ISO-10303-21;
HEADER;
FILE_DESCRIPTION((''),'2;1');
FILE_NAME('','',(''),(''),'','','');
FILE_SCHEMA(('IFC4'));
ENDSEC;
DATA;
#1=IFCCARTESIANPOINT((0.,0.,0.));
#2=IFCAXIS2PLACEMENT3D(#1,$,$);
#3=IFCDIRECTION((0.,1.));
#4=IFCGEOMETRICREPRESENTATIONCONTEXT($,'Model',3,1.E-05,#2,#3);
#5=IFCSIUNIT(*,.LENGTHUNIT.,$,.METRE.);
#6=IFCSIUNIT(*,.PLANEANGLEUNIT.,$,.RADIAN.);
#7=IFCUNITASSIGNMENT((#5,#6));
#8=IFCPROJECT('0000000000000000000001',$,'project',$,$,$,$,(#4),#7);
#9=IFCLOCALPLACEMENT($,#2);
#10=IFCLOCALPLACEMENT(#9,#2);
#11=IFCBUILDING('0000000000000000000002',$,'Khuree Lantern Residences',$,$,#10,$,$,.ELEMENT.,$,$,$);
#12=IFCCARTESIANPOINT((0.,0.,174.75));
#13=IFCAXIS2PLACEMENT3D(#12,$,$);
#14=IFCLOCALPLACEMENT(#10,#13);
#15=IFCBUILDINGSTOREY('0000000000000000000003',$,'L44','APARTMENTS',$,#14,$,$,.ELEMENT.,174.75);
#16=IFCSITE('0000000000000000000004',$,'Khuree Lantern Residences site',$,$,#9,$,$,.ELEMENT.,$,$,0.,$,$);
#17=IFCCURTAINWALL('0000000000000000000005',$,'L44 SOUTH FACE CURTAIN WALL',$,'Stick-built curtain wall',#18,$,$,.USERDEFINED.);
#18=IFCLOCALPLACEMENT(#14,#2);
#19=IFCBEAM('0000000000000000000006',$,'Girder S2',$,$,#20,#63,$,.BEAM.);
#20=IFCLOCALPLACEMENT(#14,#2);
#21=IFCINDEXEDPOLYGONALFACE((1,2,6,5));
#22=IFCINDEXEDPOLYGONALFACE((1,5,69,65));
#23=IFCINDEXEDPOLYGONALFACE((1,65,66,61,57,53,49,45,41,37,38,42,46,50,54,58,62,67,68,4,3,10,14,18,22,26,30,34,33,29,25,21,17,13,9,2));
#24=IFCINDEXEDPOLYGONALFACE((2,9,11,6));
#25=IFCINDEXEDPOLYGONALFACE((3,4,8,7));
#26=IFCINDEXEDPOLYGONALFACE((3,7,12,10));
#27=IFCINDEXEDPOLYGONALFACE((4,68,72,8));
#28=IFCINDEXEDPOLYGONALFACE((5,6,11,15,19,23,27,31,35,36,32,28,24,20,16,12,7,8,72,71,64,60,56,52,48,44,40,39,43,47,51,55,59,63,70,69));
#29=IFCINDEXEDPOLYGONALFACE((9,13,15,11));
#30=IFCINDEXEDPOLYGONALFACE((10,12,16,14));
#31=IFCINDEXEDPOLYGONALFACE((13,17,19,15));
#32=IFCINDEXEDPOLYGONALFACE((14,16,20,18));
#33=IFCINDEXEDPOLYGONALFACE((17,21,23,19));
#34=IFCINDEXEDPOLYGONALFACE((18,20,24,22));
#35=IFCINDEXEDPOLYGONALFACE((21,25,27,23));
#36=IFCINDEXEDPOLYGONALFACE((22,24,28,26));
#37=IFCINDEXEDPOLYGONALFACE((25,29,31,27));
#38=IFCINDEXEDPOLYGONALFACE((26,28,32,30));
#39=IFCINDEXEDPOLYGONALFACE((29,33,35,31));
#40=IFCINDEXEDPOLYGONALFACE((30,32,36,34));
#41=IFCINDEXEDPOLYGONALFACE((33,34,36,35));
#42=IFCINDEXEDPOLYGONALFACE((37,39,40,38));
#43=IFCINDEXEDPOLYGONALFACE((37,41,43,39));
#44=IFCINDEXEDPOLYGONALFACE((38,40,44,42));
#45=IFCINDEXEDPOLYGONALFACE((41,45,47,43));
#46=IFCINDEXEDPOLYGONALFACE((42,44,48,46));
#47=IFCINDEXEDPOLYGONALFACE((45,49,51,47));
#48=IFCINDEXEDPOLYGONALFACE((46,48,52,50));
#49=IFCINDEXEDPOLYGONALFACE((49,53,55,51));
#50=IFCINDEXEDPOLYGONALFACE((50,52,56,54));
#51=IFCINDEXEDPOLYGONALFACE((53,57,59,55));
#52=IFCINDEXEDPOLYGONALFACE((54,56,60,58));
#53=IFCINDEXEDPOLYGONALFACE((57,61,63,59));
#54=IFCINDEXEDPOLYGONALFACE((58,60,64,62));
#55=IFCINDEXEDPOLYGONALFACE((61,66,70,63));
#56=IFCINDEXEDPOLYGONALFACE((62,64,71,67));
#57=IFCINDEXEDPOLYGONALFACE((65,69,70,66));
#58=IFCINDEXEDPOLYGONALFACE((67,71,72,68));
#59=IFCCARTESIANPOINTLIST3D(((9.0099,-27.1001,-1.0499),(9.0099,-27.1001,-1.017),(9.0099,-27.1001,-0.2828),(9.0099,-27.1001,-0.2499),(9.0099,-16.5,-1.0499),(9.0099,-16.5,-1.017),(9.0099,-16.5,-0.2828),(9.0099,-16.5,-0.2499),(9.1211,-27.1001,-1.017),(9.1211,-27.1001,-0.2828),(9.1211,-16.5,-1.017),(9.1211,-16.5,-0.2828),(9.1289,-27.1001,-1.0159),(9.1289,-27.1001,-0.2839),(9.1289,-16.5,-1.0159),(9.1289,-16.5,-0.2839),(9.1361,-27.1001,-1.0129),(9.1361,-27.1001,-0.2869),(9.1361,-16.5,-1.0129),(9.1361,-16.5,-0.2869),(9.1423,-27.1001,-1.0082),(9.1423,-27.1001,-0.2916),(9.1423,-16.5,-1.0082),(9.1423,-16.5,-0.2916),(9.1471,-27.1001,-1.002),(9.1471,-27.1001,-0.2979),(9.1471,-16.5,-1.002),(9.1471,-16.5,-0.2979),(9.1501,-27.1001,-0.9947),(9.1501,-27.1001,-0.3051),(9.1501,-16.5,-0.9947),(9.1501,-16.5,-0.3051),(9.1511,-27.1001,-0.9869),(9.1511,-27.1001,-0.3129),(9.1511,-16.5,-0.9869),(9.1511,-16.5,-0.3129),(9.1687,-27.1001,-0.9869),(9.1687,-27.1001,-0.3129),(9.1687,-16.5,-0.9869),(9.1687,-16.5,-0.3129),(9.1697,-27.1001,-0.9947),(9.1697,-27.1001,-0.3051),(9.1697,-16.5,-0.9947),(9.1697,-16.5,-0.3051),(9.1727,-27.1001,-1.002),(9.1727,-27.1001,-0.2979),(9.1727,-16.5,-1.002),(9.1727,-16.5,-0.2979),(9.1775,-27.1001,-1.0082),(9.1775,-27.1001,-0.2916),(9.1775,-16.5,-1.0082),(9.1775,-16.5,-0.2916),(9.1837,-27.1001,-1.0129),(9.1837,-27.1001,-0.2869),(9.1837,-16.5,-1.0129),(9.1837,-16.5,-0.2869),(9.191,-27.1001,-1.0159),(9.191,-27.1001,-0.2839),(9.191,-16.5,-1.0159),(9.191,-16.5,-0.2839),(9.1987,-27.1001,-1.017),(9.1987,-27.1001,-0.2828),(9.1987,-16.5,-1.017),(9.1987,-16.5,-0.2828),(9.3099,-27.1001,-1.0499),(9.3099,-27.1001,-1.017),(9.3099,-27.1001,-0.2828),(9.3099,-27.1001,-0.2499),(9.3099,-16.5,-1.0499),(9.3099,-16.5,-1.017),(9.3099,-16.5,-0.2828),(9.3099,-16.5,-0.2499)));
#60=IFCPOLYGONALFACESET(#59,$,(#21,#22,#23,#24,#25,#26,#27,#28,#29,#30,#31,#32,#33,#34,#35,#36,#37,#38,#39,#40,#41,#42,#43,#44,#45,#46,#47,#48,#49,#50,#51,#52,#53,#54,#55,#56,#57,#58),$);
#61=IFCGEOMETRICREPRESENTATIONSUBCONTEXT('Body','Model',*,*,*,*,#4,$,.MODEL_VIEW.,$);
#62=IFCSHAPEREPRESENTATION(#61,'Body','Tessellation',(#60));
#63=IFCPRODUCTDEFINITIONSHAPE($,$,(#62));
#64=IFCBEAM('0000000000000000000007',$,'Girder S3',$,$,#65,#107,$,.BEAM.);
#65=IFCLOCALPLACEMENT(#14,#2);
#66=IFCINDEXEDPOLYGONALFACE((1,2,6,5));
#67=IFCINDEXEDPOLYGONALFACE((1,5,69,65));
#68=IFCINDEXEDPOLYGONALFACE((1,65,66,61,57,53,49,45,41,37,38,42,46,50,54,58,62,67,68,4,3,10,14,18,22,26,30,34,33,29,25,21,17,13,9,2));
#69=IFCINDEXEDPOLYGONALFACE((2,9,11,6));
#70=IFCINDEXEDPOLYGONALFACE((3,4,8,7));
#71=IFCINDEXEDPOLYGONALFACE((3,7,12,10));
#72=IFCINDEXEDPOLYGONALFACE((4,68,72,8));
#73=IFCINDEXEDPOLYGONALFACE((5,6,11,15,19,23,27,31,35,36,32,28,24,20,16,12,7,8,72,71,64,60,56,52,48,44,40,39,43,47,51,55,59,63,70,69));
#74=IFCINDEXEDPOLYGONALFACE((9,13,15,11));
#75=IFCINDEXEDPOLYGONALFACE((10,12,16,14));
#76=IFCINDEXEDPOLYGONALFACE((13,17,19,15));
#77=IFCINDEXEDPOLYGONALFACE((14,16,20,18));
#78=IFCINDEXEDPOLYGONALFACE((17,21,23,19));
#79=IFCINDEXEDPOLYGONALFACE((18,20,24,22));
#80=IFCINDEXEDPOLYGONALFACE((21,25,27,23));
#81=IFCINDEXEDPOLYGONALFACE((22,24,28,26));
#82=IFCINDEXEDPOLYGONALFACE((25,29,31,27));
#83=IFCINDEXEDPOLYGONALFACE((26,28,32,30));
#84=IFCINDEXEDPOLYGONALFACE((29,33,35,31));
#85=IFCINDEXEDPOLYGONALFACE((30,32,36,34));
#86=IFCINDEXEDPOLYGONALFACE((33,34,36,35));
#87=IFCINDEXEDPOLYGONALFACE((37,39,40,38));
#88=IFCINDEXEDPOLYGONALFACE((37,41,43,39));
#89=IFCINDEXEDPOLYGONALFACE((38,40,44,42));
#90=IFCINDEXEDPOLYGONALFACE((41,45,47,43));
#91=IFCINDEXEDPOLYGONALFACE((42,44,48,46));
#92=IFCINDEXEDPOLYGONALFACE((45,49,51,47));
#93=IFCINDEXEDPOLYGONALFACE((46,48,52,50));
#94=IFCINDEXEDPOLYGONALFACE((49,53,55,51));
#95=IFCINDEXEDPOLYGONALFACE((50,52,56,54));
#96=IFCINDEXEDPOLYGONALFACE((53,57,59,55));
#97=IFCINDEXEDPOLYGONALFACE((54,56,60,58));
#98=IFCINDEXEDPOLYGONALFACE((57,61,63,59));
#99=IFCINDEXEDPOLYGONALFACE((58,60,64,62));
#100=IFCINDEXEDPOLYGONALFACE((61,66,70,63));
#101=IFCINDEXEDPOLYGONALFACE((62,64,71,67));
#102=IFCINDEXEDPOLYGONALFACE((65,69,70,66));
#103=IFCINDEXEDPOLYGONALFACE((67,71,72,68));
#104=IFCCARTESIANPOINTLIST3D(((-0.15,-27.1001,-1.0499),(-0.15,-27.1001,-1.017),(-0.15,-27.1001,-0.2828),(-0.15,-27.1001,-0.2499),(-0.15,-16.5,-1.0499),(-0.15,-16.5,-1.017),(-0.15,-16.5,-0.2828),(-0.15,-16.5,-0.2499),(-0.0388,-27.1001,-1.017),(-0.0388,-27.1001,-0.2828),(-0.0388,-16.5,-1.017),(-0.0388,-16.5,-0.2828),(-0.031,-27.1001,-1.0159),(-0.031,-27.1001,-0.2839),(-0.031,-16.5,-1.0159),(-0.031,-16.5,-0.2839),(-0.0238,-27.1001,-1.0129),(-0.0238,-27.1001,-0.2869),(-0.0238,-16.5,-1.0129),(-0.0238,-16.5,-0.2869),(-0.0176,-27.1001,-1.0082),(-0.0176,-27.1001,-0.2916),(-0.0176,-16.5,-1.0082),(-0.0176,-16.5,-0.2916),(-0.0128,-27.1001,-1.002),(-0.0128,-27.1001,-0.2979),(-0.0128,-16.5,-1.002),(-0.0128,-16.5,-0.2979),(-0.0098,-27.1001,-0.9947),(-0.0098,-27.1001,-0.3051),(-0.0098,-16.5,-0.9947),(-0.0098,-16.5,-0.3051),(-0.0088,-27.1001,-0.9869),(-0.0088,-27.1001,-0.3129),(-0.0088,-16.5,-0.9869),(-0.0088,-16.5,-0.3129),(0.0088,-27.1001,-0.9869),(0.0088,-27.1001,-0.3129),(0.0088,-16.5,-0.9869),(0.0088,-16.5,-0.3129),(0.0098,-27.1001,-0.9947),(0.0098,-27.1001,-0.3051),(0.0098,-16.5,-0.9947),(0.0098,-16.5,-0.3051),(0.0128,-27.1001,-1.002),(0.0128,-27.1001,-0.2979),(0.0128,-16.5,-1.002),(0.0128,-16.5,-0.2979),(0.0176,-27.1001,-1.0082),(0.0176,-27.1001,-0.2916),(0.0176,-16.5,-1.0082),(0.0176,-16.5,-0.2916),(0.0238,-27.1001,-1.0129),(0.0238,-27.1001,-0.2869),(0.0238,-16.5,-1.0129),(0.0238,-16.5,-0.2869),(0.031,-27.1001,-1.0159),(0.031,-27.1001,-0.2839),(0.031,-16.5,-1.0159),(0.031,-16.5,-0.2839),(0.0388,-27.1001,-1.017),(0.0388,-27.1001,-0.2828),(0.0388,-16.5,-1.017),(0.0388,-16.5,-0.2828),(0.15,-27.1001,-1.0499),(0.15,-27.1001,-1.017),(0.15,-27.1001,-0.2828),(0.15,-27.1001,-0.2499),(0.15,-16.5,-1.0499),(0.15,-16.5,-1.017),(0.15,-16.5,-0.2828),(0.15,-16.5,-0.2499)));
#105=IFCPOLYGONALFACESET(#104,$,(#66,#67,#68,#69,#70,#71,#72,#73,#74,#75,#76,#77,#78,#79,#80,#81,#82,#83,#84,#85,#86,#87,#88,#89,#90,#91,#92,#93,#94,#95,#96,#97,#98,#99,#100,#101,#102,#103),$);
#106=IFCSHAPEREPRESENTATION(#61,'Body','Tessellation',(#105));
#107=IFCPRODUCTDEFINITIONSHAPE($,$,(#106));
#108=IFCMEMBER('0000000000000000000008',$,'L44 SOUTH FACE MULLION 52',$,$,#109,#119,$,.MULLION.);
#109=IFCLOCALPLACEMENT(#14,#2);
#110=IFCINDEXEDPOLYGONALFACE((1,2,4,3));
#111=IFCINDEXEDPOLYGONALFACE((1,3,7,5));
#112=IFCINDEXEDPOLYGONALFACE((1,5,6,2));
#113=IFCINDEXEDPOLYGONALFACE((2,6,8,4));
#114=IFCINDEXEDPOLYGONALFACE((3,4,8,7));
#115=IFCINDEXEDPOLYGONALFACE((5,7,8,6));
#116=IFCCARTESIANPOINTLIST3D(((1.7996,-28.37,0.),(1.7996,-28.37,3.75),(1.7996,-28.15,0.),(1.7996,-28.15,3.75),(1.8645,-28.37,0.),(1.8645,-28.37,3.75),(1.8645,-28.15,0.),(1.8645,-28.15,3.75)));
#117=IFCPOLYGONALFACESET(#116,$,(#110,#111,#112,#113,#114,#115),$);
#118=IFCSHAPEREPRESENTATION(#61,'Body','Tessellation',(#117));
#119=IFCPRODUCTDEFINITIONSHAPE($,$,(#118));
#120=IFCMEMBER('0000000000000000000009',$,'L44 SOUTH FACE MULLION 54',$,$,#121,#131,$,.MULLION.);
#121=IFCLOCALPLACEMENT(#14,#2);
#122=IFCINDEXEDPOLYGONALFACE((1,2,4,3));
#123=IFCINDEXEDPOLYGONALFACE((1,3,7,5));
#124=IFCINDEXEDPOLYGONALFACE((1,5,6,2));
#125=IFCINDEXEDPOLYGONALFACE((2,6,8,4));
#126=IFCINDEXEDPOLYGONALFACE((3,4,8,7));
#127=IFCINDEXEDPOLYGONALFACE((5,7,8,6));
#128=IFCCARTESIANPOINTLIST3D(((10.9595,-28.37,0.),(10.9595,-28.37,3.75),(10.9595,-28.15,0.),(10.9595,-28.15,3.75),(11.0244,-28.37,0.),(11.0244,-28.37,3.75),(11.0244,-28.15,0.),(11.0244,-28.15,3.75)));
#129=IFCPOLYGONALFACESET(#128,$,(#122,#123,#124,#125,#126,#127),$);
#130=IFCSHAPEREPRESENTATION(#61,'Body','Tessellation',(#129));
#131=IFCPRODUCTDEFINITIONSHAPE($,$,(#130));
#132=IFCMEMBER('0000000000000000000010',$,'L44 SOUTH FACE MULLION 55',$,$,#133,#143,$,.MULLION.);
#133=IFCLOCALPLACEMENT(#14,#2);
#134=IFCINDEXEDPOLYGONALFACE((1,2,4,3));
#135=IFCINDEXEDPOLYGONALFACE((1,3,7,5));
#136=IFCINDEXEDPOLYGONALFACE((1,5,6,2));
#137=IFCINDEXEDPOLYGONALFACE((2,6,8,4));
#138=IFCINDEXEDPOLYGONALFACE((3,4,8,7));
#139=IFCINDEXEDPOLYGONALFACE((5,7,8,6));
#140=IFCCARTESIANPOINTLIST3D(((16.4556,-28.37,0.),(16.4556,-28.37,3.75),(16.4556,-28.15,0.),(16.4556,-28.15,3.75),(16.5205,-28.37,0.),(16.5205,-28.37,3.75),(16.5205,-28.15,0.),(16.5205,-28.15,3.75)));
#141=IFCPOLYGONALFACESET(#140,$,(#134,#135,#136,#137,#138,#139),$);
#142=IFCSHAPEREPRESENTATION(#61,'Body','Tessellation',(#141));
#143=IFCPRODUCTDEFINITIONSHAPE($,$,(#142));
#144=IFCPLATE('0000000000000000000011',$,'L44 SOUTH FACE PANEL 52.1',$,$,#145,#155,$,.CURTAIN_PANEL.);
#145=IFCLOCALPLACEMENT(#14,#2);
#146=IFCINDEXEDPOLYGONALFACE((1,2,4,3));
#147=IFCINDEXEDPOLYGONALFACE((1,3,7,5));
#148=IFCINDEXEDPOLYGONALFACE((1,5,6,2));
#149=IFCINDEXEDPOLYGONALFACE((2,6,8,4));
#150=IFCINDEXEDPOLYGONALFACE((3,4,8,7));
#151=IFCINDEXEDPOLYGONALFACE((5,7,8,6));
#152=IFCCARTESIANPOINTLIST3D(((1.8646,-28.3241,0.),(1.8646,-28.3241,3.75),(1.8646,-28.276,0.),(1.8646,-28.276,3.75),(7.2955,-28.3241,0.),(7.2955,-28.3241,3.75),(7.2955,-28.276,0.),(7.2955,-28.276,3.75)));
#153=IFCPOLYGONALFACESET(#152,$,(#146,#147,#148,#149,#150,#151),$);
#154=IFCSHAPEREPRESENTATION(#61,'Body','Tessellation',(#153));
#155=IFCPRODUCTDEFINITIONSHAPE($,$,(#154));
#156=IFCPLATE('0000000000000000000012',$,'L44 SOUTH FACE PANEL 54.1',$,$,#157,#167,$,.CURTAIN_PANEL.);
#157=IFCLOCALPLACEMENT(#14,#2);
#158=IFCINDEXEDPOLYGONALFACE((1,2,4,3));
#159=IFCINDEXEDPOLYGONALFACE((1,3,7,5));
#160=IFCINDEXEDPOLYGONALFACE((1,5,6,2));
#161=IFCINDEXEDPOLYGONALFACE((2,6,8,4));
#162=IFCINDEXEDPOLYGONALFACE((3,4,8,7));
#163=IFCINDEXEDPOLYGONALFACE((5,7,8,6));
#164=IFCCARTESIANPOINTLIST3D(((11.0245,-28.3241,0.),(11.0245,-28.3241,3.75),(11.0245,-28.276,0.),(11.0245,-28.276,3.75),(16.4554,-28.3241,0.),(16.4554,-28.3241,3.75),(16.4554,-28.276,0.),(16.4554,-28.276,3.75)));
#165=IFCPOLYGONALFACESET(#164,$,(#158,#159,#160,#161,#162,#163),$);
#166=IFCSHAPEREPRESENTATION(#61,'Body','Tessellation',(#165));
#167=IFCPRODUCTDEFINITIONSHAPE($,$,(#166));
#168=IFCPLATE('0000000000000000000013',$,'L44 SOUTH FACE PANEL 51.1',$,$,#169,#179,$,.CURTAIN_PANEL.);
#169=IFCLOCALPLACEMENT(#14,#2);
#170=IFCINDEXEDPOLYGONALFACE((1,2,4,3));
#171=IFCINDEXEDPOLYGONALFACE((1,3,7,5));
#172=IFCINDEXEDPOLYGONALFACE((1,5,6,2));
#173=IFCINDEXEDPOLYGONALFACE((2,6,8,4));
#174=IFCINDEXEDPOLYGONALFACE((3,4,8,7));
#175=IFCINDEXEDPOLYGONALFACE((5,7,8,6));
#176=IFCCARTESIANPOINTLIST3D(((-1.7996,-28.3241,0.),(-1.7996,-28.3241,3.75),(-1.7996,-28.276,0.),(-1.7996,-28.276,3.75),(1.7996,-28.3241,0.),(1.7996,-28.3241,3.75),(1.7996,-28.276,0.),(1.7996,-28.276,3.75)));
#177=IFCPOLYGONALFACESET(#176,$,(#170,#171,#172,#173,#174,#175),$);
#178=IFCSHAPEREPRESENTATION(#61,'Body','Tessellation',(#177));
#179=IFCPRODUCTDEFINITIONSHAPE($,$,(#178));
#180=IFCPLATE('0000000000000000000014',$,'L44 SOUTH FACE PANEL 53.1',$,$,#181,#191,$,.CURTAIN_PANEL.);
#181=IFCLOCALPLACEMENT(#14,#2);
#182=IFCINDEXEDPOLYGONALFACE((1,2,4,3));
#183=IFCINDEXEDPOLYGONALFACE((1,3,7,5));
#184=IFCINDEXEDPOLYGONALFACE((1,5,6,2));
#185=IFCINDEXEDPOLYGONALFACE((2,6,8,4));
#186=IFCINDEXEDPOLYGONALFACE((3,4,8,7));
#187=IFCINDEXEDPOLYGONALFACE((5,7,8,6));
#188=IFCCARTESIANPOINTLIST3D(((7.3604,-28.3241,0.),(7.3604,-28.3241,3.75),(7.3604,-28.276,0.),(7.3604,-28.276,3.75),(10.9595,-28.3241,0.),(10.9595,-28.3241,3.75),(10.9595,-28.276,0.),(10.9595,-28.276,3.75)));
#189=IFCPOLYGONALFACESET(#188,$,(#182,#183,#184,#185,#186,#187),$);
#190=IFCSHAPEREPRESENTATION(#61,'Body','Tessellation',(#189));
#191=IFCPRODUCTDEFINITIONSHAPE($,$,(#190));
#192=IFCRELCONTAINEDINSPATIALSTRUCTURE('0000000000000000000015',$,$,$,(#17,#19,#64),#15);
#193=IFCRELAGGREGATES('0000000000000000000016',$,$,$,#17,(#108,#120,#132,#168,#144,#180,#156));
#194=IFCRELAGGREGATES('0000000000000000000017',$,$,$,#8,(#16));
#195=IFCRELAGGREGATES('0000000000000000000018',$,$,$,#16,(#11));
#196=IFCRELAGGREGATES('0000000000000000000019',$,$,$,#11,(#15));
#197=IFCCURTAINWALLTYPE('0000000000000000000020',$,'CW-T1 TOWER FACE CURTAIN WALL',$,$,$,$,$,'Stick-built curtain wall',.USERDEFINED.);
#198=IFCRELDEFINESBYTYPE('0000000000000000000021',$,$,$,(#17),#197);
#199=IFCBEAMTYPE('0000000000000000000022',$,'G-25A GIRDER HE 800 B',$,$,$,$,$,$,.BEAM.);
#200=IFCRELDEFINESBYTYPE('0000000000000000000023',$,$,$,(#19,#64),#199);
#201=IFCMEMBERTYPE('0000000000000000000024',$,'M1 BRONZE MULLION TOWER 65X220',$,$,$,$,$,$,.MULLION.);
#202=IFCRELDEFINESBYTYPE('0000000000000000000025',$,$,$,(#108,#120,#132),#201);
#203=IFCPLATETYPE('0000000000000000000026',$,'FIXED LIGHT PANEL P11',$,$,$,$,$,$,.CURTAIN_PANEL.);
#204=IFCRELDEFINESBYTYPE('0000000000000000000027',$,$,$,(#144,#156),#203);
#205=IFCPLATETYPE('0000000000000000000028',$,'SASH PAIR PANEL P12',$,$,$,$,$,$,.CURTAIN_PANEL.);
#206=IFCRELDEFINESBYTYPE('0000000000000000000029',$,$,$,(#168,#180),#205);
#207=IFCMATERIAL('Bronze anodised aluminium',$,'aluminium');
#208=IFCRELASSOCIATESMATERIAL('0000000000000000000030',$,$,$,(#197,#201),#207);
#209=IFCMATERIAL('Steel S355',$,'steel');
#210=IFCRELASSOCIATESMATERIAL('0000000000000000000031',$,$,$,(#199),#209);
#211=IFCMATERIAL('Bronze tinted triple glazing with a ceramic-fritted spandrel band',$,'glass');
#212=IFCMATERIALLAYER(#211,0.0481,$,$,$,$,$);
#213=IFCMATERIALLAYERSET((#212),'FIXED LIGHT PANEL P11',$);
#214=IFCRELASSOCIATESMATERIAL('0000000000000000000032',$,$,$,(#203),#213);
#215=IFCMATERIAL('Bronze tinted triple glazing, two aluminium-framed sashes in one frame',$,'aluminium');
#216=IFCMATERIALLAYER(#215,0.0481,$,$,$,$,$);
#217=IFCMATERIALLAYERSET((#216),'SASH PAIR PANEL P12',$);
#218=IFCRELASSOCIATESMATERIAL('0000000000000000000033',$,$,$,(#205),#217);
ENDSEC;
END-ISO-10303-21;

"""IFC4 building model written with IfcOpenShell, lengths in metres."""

from ifc_helpers import new_model, si_unit, direction, frame, origin, origin_2d, place, context, subcontext, project, spatial, rectangle, i_section, extrude, material, layer, layer_set, material_profile, profile_set, type_object, element, aggregate, save


model = new_model("IFC4")

# Units and contexts
model_context = context("Model", 3, precision=1e-05, world=origin(), true_north=direction((0.0, 1.0)))
body_context = subcontext(model_context, "Body", "Model", "MODEL_VIEW")
ifc_project = project(units=[si_unit("LENGTHUNIT", "METRE"), si_unit("PLANEANGLEUNIT", "RADIAN")], contexts=[model_context])

# Site, building, storey
site_placement = place(None, origin())
site = spatial("IfcSite", under=ifc_project, at=site_placement, Name="Khuree Lantern Residences site", CompositionType="ELEMENT", RefElevation=0.0)
building_placement = place(site_placement, origin())
building = spatial("IfcBuilding", under=site, at=building_placement, Name="Khuree Lantern Residences", CompositionType="ELEMENT")
storey_placement = place(building_placement, frame((0.0, 0.0, 174.75)))
storey = spatial("IfcBuildingStorey", under=building, at=storey_placement, Name="L44", Description="APARTMENTS", CompositionType="ELEMENT", Elevation=174.75)

# Shared definitions
ifc_material_1 = material(Name="Steel S355", Category="steel")

# Curtain wall
ifc_material_2 = material(Name="Bronze anodised aluminium", Category="aluminium")
curtain_wall_type = type_object("IfcCurtainWallType", Name="CW-T1 TOWER FACE CURTAIN WALL", ElementType="Stick-built curtain wall", PredefinedType="USERDEFINED", material=ifc_material_2)
curtain_wall_placement = place(storey_placement, origin())
curtain_wall = element("IfcCurtainWall", 1, at=curtain_wall_placement, inside=storey, type_object=curtain_wall_type, Name="L44 SOUTH FACE CURTAIN WALL", ObjectType="Stick-built curtain wall", PredefinedType="USERDEFINED")

# Beams
ifc_material_profile_1 = material_profile(ifc_material_1, i_section(OverallWidth=0.3, OverallDepth=0.8, WebThickness=0.0176, FlangeThickness=0.033, FilletRadius=0.03, at=origin_2d()), Name="HE 800 B")
ifc_profile_set_1 = profile_set([ifc_material_profile_1], Name="Steel S355")
beam_type_1 = type_object("IfcBeamType", Name="G-25A GIRDER HE 800 B", PredefinedType="BEAM", material=ifc_profile_set_1)
for number, where, z_axis, x_axis, name in (
    (2, (9.1599, -27.1001, -0.6499), (0.0, 1.0, 0.0), (-1.0, 0.0, 0.0), "Girder S2"),
    (3, (0.0, -27.1001, -0.6499), (0.0, 1.0, 0.0), (-1.0, 0.0, 0.0), "Girder S3"),
):
    element("IfcBeam", number, at=place(storey_placement, frame(where, z_axis=z_axis, x_axis=x_axis)), inside=storey, type_object=beam_type_1, Name=name, PredefinedType="BEAM", context=body_context, shape_type="SweptSolid", body=[
        extrude(i_section(OverallWidth=0.3, OverallDepth=0.8, WebThickness=0.0176, FlangeThickness=0.033, FilletRadius=0.03, at=origin_2d()), origin(), (0.0, 0.0, 1.0), 10.6001),
    ])

# Members
ifc_material_profile_2 = material_profile(ifc_material_2, rectangle(XDim=0.0649, YDim=0.22, at=origin_2d()), Name="M1 65X220")
ifc_profile_set_2 = profile_set([ifc_material_profile_2], Name="Bronze anodised aluminium")
member_type_1 = type_object("IfcMemberType", Name="M1 BRONZE MULLION TOWER 65X220", PredefinedType="MULLION", material=ifc_profile_set_2)
member_1_placement = place(storey_placement, frame((1.832, -28.26, 0.0), z_axis=(0.0, 0.0, 1.0), x_axis=(1.0, 0.0, 0.0)))
member_1 = element("IfcMember", 4, at=member_1_placement, type_object=member_type_1, Name="L44 SOUTH FACE MULLION 52", PredefinedType="MULLION", context=body_context, shape_type="SweptSolid", body=[
    extrude(rectangle(XDim=0.0649, YDim=0.22, at=origin_2d()), origin(), (0.0, 0.0, 1.0), 3.75),
])
member_2_placement = place(storey_placement, frame((10.9919, -28.26, 0.0), z_axis=(0.0, 0.0, 1.0), x_axis=(1.0, 0.0, 0.0)))
member_2 = element("IfcMember", 5, at=member_2_placement, type_object=member_type_1, Name="L44 SOUTH FACE MULLION 54", PredefinedType="MULLION", context=body_context, shape_type="SweptSolid", body=[
    extrude(rectangle(XDim=0.0649, YDim=0.22, at=origin_2d()), origin(), (0.0, 0.0, 1.0), 3.75),
])
member_3_placement = place(storey_placement, frame((16.488, -28.26, 0.0), z_axis=(0.0, 0.0, 1.0), x_axis=(1.0, 0.0, 0.0)))
member_3 = element("IfcMember", 6, at=member_3_placement, type_object=member_type_1, Name="L44 SOUTH FACE MULLION 55", PredefinedType="MULLION", context=body_context, shape_type="SweptSolid", body=[
    extrude(rectangle(XDim=0.0649, YDim=0.22, at=origin_2d()), origin(), (0.0, 0.0, 1.0), 3.75),
])

# Plates
ifc_material_3 = material(Name="Bronze tinted triple glazing with a ceramic-fritted spandrel band", Category="glass")
ifc_layer_1 = layer(ifc_material_3, 0.0481)
ifc_layer_set_1 = layer_set([ifc_layer_1], Name="FIXED LIGHT PANEL P11")
plate_type_1 = type_object("IfcPlateType", Name="FIXED LIGHT PANEL P11", PredefinedType="CURTAIN_PANEL", material=ifc_layer_set_1)
plate_1_placement = place(storey_placement, frame((4.5801, -28.3, 0.0), z_axis=(0.0, 0.0, 1.0), x_axis=(1.0, 0.0, 0.0)))
plate_1 = element("IfcPlate", 7, at=plate_1_placement, type_object=plate_type_1, Name="L44 SOUTH FACE PANEL 52.1", PredefinedType="CURTAIN_PANEL", context=body_context, shape_type="SweptSolid", body=[
    extrude(rectangle(XDim=5.4309, YDim=0.0481, at=origin_2d()), origin(), (0.0, 0.0, 1.0), 3.75),
])
plate_2_placement = place(storey_placement, frame((13.74, -28.3, 0.0), z_axis=(0.0, 0.0, 1.0), x_axis=(1.0, 0.0, 0.0)))
plate_2 = element("IfcPlate", 8, at=plate_2_placement, type_object=plate_type_1, Name="L44 SOUTH FACE PANEL 54.1", PredefinedType="CURTAIN_PANEL", context=body_context, shape_type="SweptSolid", body=[
    extrude(rectangle(XDim=5.4309, YDim=0.0481, at=origin_2d()), origin(), (0.0, 0.0, 1.0), 3.75),
])
ifc_material_4 = material(Name="Bronze tinted triple glazing, two aluminium-framed sashes in one frame", Category="aluminium")
ifc_layer_2 = layer(ifc_material_4, 0.0481)
ifc_layer_set_2 = layer_set([ifc_layer_2], Name="SASH PAIR PANEL P12")
plate_type_2 = type_object("IfcPlateType", Name="SASH PAIR PANEL P12", PredefinedType="CURTAIN_PANEL", material=ifc_layer_set_2)
plate_3_placement = place(storey_placement, frame((0.0, -28.3, 0.0), z_axis=(0.0, 0.0, 1.0), x_axis=(1.0, 0.0, 0.0)))
plate_3 = element("IfcPlate", 9, at=plate_3_placement, type_object=plate_type_2, Name="L44 SOUTH FACE PANEL 51.1", PredefinedType="CURTAIN_PANEL", context=body_context, shape_type="SweptSolid", body=[
    extrude(rectangle(XDim=3.5991, YDim=0.0481, at=origin_2d()), origin(), (0.0, 0.0, 1.0), 3.75),
])
plate_4_placement = place(storey_placement, frame((9.1599, -28.3, 0.0), z_axis=(0.0, 0.0, 1.0), x_axis=(1.0, 0.0, 0.0)))
plate_4 = element("IfcPlate", 10, at=plate_4_placement, type_object=plate_type_2, Name="L44 SOUTH FACE PANEL 53.1", PredefinedType="CURTAIN_PANEL", context=body_context, shape_type="SweptSolid", body=[
    extrude(rectangle(XDim=3.5991, YDim=0.0481, at=origin_2d()), origin(), (0.0, 0.0, 1.0), 3.75),
])
aggregate(curtain_wall, [member_1, member_2, member_3, plate_3, plate_1, plate_4, plate_2])

save(model, "model.ifc")
